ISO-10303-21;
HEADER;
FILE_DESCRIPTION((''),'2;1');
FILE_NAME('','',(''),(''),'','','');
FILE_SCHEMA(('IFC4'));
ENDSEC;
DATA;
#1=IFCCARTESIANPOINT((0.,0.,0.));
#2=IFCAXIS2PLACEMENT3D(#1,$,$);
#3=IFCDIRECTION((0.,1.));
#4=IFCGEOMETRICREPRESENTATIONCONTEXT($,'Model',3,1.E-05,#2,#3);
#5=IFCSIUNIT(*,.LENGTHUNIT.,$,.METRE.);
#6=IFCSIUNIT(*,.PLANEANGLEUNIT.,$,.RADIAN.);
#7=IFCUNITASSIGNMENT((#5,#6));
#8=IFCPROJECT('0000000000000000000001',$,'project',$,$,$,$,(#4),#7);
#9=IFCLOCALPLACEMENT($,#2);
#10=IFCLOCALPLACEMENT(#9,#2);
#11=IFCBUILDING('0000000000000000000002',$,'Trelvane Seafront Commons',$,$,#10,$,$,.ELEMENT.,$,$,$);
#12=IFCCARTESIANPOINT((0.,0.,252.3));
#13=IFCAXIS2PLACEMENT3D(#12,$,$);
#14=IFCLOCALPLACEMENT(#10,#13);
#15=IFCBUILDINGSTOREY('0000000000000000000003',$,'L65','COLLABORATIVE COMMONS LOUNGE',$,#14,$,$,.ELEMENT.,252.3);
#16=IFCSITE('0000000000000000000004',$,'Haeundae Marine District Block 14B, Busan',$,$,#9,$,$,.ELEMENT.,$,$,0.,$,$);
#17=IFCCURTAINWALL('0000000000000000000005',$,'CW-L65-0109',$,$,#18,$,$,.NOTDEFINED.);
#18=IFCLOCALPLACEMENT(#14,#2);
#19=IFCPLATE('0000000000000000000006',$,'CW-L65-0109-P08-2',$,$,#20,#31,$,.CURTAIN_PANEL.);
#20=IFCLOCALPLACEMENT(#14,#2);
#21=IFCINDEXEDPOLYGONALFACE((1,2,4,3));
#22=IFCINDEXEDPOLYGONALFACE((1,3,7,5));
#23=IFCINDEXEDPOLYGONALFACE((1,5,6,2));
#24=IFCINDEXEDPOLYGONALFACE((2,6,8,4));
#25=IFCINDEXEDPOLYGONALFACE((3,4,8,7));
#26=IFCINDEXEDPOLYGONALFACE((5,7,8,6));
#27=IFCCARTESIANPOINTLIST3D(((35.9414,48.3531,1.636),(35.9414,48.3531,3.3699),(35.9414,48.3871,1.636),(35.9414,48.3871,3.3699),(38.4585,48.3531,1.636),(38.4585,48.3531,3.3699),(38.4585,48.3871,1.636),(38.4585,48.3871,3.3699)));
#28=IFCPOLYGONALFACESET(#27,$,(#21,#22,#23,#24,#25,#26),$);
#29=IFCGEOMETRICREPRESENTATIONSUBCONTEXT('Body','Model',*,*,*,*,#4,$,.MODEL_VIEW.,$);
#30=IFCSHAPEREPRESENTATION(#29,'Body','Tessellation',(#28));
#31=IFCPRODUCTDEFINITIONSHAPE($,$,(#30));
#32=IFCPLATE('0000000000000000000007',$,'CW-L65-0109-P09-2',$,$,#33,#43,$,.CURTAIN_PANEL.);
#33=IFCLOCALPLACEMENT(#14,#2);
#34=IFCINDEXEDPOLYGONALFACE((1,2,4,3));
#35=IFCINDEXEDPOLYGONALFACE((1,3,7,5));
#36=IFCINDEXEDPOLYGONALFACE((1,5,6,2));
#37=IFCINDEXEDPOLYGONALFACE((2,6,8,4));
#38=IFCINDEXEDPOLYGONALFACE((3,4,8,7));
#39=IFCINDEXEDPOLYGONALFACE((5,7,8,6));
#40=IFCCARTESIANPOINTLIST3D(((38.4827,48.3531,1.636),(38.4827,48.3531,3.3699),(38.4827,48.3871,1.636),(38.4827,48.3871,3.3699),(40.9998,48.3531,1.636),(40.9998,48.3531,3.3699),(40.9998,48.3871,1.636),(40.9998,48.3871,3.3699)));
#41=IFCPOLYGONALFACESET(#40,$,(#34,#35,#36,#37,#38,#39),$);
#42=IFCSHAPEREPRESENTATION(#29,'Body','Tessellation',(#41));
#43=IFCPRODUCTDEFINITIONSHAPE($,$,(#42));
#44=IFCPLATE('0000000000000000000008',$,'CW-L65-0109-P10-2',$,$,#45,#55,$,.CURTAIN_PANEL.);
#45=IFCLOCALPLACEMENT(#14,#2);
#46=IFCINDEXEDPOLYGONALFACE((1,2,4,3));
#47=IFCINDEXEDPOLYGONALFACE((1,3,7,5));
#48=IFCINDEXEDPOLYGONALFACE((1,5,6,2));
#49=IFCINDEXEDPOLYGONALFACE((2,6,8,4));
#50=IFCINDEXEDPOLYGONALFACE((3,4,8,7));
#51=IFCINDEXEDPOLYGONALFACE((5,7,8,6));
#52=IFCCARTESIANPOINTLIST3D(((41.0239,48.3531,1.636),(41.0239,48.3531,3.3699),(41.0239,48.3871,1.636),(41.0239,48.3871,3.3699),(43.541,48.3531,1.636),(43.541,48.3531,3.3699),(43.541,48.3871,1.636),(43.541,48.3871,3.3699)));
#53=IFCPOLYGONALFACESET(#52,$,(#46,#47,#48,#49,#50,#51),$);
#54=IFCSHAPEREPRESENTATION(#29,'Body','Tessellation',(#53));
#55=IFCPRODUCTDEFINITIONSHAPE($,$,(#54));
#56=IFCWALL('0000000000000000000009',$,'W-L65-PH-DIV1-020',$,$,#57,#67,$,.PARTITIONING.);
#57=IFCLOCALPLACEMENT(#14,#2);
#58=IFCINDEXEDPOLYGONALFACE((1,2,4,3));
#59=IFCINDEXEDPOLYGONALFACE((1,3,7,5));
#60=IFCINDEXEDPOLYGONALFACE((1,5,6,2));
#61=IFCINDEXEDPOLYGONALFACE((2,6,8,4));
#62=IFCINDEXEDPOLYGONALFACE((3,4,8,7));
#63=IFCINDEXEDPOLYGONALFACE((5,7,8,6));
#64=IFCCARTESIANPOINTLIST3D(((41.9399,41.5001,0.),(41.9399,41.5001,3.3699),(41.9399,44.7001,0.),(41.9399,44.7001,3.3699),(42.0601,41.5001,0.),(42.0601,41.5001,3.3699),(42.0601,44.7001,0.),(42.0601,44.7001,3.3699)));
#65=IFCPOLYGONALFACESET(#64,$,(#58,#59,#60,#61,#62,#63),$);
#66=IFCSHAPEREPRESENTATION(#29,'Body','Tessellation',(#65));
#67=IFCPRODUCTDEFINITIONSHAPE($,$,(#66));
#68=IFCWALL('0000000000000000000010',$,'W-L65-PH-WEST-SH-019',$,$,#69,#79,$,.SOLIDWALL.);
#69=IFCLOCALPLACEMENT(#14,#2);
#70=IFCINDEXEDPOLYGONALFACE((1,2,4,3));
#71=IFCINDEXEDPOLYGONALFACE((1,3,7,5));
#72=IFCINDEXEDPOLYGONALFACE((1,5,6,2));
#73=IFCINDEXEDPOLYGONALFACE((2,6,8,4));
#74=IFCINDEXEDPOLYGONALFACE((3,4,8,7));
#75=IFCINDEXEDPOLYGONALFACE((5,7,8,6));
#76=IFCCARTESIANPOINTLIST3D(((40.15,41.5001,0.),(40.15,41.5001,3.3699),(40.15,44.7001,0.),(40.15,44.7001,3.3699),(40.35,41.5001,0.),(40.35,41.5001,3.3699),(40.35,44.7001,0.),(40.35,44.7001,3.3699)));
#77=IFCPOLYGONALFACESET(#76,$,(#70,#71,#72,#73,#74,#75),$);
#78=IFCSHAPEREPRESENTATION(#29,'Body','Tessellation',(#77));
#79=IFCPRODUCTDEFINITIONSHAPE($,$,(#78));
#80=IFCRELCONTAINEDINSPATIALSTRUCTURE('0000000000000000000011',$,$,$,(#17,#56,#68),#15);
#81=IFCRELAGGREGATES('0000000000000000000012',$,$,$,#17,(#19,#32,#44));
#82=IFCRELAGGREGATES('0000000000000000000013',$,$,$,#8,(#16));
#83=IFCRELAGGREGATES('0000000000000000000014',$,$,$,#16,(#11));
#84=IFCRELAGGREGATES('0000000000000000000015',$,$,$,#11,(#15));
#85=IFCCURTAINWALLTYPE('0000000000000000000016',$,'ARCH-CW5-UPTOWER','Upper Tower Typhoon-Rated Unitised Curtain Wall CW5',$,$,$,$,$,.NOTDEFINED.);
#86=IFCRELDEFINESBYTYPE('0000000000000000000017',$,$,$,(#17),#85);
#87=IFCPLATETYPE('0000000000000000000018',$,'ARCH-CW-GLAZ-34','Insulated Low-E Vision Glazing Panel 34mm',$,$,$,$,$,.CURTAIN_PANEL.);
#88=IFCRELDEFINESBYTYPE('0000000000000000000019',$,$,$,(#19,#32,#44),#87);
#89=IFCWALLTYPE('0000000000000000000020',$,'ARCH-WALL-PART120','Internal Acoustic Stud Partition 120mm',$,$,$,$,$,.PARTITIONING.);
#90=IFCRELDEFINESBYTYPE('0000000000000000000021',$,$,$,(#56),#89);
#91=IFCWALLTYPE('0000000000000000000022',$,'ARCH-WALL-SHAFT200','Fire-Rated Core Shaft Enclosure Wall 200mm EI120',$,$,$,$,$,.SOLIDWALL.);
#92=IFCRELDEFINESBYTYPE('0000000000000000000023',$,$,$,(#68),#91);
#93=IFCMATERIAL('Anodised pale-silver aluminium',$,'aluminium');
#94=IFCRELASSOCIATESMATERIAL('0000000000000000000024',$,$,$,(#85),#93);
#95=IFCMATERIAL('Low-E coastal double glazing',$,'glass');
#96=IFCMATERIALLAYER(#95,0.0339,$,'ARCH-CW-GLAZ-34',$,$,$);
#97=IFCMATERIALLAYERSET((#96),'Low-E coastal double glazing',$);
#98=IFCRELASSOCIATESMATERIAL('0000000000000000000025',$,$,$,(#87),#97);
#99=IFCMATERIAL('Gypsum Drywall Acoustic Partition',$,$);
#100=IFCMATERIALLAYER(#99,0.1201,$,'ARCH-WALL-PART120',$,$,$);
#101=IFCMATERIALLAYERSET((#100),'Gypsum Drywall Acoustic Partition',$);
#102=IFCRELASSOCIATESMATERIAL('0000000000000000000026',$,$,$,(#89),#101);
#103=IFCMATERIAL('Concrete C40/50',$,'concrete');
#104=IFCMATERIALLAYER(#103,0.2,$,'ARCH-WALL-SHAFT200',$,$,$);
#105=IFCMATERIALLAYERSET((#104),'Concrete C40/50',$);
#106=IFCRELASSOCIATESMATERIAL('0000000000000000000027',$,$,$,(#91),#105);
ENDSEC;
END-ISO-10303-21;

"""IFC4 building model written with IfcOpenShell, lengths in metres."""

from ifc_helpers import new_model, si_unit, direction, frame, frame_2d, origin, origin_2d, place, context, subcontext, project, spatial, rectangle, extrude, source, transform, mapped, material, layer, layer_set, type_object, element, aggregate, save


model = new_model("IFC4")

# Units and contexts
model_context = context("Model", 3, precision=1e-05, world=origin(), true_north=direction((0.0, 1.0)))
body_context = subcontext(model_context, "Body", "Model", "MODEL_VIEW")
ifc_project = project(units=[si_unit("LENGTHUNIT", "METRE"), si_unit("PLANEANGLEUNIT", "RADIAN")], contexts=[model_context])

# Site, building, storey
site_placement = place(None, origin())
site = spatial("IfcSite", under=ifc_project, at=site_placement, Name="Haeundae Marine District Block 14B, Busan", CompositionType="ELEMENT", RefElevation=0.0)
building_placement = place(site_placement, origin())
building = spatial("IfcBuilding", under=site, at=building_placement, Name="Trelvane Seafront Commons", CompositionType="ELEMENT")
storey_placement = place(building_placement, frame((0.0, 0.0, 252.3)))
storey = spatial("IfcBuildingStorey", under=building, at=storey_placement, Name="L65", Description="COLLABORATIVE COMMONS LOUNGE", CompositionType="ELEMENT", Elevation=252.3)

# Curtain wall
ifc_material_1 = material(Name="Anodised pale-silver aluminium", Category="aluminium")
curtain_wall_type = type_object("IfcCurtainWallType", Name="ARCH-CW5-UPTOWER", Description="Upper Tower Typhoon-Rated Unitised Curtain Wall CW5", PredefinedType="NOTDEFINED", material=ifc_material_1)
curtain_wall_placement = place(storey_placement, origin())
curtain_wall = element("IfcCurtainWall", 1, at=curtain_wall_placement, inside=storey, type_object=curtain_wall_type, Name="CW-L65-0109", PredefinedType="NOTDEFINED")

# Plates
ifc_material_2 = material(Name="Low-E coastal double glazing", Category="glass")
ifc_layer_1 = layer(ifc_material_2, 0.0339, Name="ARCH-CW-GLAZ-34")
ifc_layer_set_1 = layer_set([ifc_layer_1], Name="Low-E coastal double glazing")
plate_type_1 = type_object("IfcPlateType", Name="ARCH-CW-GLAZ-34", Description="Insulated Low-E Vision Glazing Panel 34mm", PredefinedType="CURTAIN_PANEL", material=ifc_layer_set_1)
shared_shape_1 = source(origin(), body_context, "Body", "SweptSolid", [
    extrude(rectangle(XDim=2.5171, YDim=0.0339, at=origin_2d()), origin(), (0.0, 0.0, 1.0), 1.7339),
])
plate_1_placement = place(storey_placement, frame((37.2, 48.3701, 1.636), z_axis=(0.0, 0.0, 1.0), x_axis=(1.0, 0.0, 0.0)))
plate_1 = element("IfcPlate", 2, at=plate_1_placement, type_object=plate_type_1, Name="CW-L65-0109-P08-2", PredefinedType="CURTAIN_PANEL", context=body_context, shape_type="MappedRepresentation", body=[
    mapped(shared_shape_1, transform((0.0, 0.0, 0.0), x_axis=(1.0, 0.0, 0.0), y_axis=(0.0, 1.0, 0.0), z_axis=(0.0, 0.0, 1.0), scale=1.0)),
])
plate_2_placement = place(storey_placement, frame((39.7412, 48.3701, 1.636), z_axis=(0.0, 0.0, 1.0), x_axis=(1.0, 0.0, 0.0)))
plate_2 = element("IfcPlate", 3, at=plate_2_placement, type_object=plate_type_1, Name="CW-L65-0109-P09-2", PredefinedType="CURTAIN_PANEL", context=body_context, shape_type="MappedRepresentation", body=[
    mapped(shared_shape_1, transform((0.0, 0.0, 0.0), x_axis=(1.0, 0.0, 0.0), y_axis=(0.0, 1.0, 0.0), z_axis=(0.0, 0.0, 1.0), scale=1.0)),
])
plate_3_placement = place(storey_placement, frame((42.2825, 48.3701, 1.636), z_axis=(0.0, 0.0, 1.0), x_axis=(1.0, 0.0, 0.0)))
plate_3 = element("IfcPlate", 4, at=plate_3_placement, type_object=plate_type_1, Name="CW-L65-0109-P10-2", PredefinedType="CURTAIN_PANEL", context=body_context, shape_type="MappedRepresentation", body=[
    mapped(shared_shape_1, transform((0.0, 0.0, 0.0), x_axis=(1.0, 0.0, 0.0), y_axis=(0.0, 1.0, 0.0), z_axis=(0.0, 0.0, 1.0), scale=1.0)),
])
aggregate(curtain_wall, [plate_1, plate_2, plate_3])

# Wall
ifc_material_3 = material(Name="Gypsum Drywall Acoustic Partition")
ifc_layer_2 = layer(ifc_material_3, 0.1201, Name="ARCH-WALL-PART120")
ifc_layer_set_2 = layer_set([ifc_layer_2], Name="Gypsum Drywall Acoustic Partition")
wall_type_1 = type_object("IfcWallType", Name="ARCH-WALL-PART120", Description="Internal Acoustic Stud Partition 120mm", PredefinedType="PARTITIONING", material=ifc_layer_set_2)
wall_1_placement = place(storey_placement, frame((42.0, 41.5, 0.0), z_axis=(0.0, 0.0, 1.0), x_axis=(0.0, 1.0, 0.0)))
element("IfcWall", 5, at=wall_1_placement, inside=storey, type_object=wall_type_1, Name="W-L65-PH-DIV1-020", PredefinedType="PARTITIONING", context=body_context, shape_type="SweptSolid", body=[
    extrude(rectangle(XDim=3.2, YDim=0.1201, at=frame_2d((1.6001, 0.0))), origin(), (0.0, 0.0, 1.0), 3.3699),
])

# Shared definitions
ifc_material_4 = material(Name="Concrete C40/50", Category="concrete")
ifc_layer_3 = layer(ifc_material_4, 0.2, Name="ARCH-WALL-SHAFT200")
ifc_layer_set_3 = layer_set([ifc_layer_3], Name="Concrete C40/50")
wall_type_2 = type_object("IfcWallType", Name="ARCH-WALL-SHAFT200", Description="Fire-Rated Core Shaft Enclosure Wall 200mm EI120", PredefinedType="SOLIDWALL", material=ifc_layer_set_3)

# Wall
wall_2_placement = place(storey_placement, frame((40.25, 41.5, 0.0), z_axis=(0.0, 0.0, 1.0), x_axis=(0.0, 1.0, 0.0)))
element("IfcWall", 6, at=wall_2_placement, inside=storey, type_object=wall_type_2, Name="W-L65-PH-WEST-SH-019", PredefinedType="SOLIDWALL", context=body_context, shape_type="SweptSolid", body=[
    extrude(rectangle(XDim=3.2, YDim=0.2, at=frame_2d((1.6001, 0.0))), origin(), (0.0, 0.0, 1.0), 3.3699),
])

save(model, "model.ifc")
